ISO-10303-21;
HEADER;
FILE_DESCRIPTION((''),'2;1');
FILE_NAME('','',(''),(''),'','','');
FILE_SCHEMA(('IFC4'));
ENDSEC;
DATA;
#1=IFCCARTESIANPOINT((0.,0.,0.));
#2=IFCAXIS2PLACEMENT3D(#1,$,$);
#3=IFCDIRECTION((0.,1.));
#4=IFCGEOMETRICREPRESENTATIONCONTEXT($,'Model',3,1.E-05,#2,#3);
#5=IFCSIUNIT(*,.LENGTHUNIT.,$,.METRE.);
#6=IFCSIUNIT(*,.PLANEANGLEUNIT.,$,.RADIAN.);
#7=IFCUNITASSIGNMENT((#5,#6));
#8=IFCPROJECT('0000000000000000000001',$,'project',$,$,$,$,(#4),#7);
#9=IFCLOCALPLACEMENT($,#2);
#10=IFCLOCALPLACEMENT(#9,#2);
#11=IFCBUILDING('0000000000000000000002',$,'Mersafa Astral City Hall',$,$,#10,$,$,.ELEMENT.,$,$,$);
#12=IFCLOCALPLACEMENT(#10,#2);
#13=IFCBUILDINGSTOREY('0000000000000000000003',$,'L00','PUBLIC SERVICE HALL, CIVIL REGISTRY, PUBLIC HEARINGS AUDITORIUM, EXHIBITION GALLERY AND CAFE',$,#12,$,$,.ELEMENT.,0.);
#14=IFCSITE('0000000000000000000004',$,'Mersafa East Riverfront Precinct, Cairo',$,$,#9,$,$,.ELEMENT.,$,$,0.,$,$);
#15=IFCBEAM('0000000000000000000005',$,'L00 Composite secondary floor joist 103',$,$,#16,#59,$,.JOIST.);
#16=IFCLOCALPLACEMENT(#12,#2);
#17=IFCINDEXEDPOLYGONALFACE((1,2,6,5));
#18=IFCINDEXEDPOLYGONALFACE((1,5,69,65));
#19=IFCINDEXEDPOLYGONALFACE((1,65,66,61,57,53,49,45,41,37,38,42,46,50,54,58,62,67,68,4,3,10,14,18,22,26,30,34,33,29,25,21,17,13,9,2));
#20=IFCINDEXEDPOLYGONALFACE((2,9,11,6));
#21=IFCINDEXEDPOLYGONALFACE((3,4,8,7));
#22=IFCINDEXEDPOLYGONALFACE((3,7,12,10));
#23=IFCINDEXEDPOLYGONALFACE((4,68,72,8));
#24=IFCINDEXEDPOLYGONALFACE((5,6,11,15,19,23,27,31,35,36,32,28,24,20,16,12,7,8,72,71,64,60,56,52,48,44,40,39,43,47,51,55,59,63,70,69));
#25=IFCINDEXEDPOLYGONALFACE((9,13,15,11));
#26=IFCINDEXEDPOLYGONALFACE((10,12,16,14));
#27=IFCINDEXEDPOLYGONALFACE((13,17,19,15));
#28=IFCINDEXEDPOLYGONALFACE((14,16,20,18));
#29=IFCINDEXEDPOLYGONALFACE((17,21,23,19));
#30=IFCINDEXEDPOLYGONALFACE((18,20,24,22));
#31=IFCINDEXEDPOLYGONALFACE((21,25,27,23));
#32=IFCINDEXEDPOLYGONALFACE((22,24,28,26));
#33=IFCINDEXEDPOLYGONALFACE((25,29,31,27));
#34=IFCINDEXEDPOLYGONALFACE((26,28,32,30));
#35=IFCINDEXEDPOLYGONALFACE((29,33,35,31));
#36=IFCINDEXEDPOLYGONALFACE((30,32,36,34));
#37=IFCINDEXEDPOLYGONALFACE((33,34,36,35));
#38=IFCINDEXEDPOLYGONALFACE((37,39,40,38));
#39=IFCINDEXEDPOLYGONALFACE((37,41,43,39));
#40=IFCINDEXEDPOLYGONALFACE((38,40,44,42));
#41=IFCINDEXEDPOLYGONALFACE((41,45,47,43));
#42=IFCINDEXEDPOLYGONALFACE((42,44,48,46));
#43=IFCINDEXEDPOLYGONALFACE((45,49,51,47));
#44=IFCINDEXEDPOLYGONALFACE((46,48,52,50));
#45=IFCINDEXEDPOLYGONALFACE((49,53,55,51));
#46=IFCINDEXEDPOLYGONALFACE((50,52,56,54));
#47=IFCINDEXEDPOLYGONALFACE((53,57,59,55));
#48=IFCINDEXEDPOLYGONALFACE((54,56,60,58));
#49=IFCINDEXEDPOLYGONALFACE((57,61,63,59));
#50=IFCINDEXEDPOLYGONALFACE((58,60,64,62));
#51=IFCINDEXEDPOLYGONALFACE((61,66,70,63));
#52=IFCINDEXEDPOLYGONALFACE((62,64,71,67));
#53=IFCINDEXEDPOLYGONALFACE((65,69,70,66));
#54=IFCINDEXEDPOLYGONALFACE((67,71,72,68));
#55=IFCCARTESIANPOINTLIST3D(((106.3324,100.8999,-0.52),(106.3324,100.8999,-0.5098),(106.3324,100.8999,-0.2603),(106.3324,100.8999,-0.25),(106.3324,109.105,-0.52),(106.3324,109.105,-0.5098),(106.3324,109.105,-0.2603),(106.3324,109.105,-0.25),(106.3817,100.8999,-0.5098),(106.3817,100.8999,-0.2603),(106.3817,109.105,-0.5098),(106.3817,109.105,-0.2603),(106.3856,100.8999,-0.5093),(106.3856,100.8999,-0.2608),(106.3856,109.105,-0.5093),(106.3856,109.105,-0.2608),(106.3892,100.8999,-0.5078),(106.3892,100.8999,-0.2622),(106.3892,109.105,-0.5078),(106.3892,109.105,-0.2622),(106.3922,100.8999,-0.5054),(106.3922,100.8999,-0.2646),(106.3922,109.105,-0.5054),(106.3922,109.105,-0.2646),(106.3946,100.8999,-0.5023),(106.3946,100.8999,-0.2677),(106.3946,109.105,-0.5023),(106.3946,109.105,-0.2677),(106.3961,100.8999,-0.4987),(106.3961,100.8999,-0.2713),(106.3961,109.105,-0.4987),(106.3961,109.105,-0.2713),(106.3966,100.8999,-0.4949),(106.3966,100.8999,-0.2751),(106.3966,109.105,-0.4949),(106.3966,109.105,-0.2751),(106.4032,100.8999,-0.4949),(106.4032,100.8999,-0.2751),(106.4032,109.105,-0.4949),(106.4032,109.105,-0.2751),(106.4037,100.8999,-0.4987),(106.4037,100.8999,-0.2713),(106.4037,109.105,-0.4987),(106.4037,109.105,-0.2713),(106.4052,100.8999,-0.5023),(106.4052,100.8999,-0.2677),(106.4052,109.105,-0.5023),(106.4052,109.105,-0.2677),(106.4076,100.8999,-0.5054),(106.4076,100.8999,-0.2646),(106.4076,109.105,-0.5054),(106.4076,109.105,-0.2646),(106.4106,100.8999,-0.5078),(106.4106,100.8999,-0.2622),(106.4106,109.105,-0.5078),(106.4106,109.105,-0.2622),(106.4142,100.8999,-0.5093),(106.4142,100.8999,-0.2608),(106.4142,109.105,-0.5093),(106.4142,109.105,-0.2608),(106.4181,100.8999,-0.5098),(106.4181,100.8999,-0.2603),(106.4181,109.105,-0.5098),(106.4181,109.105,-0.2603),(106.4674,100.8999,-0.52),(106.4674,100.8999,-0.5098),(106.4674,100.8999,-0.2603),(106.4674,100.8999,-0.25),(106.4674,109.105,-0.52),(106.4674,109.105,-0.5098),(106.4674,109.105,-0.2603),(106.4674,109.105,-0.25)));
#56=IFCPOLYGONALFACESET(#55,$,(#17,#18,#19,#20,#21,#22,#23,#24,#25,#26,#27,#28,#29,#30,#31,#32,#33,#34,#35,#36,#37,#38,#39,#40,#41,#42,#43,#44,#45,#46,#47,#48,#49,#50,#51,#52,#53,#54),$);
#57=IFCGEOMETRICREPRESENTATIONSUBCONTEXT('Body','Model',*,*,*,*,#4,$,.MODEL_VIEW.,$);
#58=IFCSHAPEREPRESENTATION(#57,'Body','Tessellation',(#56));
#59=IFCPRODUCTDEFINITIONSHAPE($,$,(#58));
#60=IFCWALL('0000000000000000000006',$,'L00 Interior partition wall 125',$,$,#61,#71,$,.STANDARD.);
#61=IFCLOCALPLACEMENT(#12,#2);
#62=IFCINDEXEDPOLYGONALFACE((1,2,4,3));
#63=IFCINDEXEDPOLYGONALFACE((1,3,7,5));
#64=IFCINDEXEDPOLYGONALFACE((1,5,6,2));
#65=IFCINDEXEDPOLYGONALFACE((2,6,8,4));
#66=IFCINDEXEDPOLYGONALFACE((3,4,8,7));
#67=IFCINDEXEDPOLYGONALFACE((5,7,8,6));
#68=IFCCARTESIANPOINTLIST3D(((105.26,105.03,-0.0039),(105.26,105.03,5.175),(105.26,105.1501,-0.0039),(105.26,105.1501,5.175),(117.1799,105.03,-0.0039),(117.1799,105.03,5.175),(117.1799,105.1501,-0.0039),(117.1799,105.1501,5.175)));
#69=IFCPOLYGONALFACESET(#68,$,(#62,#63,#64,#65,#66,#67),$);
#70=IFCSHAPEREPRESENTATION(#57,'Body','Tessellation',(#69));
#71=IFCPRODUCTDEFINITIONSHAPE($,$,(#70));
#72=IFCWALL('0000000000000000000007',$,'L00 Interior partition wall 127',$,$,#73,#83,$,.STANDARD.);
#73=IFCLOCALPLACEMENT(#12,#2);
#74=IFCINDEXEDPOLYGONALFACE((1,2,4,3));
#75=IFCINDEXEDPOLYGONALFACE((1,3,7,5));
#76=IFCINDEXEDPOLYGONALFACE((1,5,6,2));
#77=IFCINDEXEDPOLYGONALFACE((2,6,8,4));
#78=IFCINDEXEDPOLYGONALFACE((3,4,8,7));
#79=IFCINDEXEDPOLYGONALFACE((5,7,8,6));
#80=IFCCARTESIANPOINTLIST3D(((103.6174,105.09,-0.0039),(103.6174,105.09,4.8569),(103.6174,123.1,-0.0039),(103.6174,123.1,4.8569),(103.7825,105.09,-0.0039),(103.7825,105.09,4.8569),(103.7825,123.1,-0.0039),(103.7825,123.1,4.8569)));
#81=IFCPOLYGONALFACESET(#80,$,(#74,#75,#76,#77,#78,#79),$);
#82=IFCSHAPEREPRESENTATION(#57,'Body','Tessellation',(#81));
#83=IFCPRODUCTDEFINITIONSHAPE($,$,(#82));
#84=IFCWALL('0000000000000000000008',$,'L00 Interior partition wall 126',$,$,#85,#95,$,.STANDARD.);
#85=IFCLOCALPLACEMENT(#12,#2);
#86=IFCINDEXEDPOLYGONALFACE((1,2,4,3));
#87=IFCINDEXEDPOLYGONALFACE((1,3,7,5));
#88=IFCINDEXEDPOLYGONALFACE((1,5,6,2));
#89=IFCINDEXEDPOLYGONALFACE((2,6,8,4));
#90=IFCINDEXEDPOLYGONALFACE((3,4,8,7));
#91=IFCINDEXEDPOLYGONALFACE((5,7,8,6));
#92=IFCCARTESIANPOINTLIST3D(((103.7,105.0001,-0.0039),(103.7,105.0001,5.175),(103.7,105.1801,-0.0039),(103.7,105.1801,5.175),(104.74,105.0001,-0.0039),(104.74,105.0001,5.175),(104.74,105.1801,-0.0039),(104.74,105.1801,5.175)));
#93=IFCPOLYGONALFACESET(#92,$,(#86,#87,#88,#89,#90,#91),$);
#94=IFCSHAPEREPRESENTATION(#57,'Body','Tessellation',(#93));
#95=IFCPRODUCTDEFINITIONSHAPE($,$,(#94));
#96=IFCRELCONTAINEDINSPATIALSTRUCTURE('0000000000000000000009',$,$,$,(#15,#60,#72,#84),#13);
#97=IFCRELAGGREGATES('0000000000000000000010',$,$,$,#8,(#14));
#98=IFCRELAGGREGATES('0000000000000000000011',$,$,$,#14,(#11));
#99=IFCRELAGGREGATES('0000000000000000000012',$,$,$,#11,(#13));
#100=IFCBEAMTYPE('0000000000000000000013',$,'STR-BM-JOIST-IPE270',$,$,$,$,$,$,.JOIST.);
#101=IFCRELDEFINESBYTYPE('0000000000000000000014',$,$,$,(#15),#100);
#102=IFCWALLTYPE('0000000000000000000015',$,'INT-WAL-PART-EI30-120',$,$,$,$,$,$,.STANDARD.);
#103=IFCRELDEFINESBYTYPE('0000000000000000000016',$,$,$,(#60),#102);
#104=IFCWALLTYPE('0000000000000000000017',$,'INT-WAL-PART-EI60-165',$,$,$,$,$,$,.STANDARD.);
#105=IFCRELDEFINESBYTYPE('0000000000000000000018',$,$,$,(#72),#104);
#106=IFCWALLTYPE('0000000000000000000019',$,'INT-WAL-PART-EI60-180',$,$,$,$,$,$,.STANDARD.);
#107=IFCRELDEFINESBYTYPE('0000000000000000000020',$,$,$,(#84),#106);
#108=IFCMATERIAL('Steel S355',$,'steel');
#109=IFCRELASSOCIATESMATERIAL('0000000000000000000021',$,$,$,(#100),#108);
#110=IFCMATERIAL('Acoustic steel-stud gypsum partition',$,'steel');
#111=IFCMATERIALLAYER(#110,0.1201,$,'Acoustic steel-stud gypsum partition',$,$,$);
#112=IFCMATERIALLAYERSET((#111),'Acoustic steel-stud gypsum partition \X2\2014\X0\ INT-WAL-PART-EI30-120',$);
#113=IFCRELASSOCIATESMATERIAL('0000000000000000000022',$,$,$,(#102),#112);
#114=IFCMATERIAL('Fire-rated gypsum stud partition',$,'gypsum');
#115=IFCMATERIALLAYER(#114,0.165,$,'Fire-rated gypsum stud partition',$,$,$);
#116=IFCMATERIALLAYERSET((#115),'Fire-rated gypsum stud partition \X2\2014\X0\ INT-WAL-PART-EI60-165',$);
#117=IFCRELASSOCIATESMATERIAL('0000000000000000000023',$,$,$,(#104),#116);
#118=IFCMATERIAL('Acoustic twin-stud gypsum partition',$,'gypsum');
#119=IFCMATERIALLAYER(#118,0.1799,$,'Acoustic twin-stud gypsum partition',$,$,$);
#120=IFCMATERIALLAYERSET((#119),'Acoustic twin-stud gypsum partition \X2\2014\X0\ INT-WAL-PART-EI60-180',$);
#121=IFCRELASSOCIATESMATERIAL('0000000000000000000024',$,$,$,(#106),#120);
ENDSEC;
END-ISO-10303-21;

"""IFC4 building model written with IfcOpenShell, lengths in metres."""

from ifc_helpers import new_model, si_unit, direction, frame, frame_2d, origin, origin_2d, place, context, subcontext, project, spatial, rectangle, i_section, extrude, material, layer, layer_set, material_profile, profile_set, type_object, element, save


model = new_model("IFC4")

# Units and contexts
model_context = context("Model", 3, precision=1e-05, world=origin(), true_north=direction((0.0, 1.0)))
body_context = subcontext(model_context, "Body", "Model", "MODEL_VIEW")
ifc_project = project(units=[si_unit("LENGTHUNIT", "METRE"), si_unit("PLANEANGLEUNIT", "RADIAN")], contexts=[model_context])

# Site, building, storey
site_placement = place(None, origin())
site = spatial("IfcSite", under=ifc_project, at=site_placement, Name="Mersafa East Riverfront Precinct, Cairo", CompositionType="ELEMENT", RefElevation=0.0)
building_placement = place(site_placement, origin())
building = spatial("IfcBuilding", under=site, at=building_placement, Name="Mersafa Astral City Hall", CompositionType="ELEMENT")
storey_placement = place(building_placement, origin())
storey = spatial("IfcBuildingStorey", under=building, at=storey_placement, Name="L00", Description="PUBLIC SERVICE HALL, CIVIL REGISTRY, PUBLIC HEARINGS AUDITORIUM, EXHIBITION GALLERY AND CAFE", CompositionType="ELEMENT", Elevation=0.0)

# Shared definitions
ifc_material_1 = material(Name="Steel S355", Category="steel")

# Beam
ifc_material_profile_1 = material_profile(ifc_material_1, i_section(OverallWidth=0.135, OverallDepth=0.27, WebThickness=0.0066, FlangeThickness=0.0103, FilletRadius=0.0149, at=origin_2d()), Name="IPE 270")
ifc_profile_set_1 = profile_set([ifc_material_profile_1], Name="Steel S355")
beam_type_1 = type_object("IfcBeamType", Name="STR-BM-JOIST-IPE270", PredefinedType="JOIST", material=ifc_profile_set_1)
for number, where, z_axis, x_axis, name in (
    (1, (106.3999, 100.8999, -0.385), (0.0, 1.0, 0.0), (-1.0, 0.0, 0.0), "L00 Composite secondary floor joist 103"),
):
    element("IfcBeam", number, at=place(storey_placement, frame(where, z_axis=z_axis, x_axis=x_axis)), inside=storey, type_object=beam_type_1, Name=name, PredefinedType="JOIST", context=body_context, shape_type="SweptSolid", body=[
        extrude(i_section(OverallWidth=0.135, OverallDepth=0.27, WebThickness=0.0066, FlangeThickness=0.0103, FilletRadius=0.0149, at=origin_2d()), origin(), (0.0, 0.0, 1.0), 8.2051),
    ])

# Walls
ifc_material_2 = material(Name="Acoustic steel-stud gypsum partition", Category="steel")
ifc_layer_1 = layer(ifc_material_2, 0.1201, Name="Acoustic steel-stud gypsum partition")
ifc_layer_set_1 = layer_set([ifc_layer_1], Name="Acoustic steel-stud gypsum partition — INT-WAL-PART-EI30-120")
wall_type_1 = type_object("IfcWallType", Name="INT-WAL-PART-EI30-120", PredefinedType="STANDARD", material=ifc_layer_set_1)
wall_1_placement = place(storey_placement, frame((117.1799, 105.0901, -0.0039), z_axis=(0.0, 0.0, 1.0), x_axis=(-1.0, 0.0, 0.0)))
element("IfcWall", 2, at=wall_1_placement, inside=storey, type_object=wall_type_1, Name="L00 Interior partition wall 125", PredefinedType="STANDARD", context=body_context, shape_type="SweptSolid", body=[
    extrude(rectangle(XDim=11.9199, YDim=0.1201, at=frame_2d((5.96, 0.0))), origin(), (0.0, 0.0, 1.0), 5.179),
])
ifc_material_3 = material(Name="Fire-rated gypsum stud partition", Category="gypsum")
ifc_layer_2 = layer(ifc_material_3, 0.165, Name="Fire-rated gypsum stud partition")
ifc_layer_set_2 = layer_set([ifc_layer_2], Name="Fire-rated gypsum stud partition — INT-WAL-PART-EI60-165")
wall_type_2 = type_object("IfcWallType", Name="INT-WAL-PART-EI60-165", PredefinedType="STANDARD", material=ifc_layer_set_2)
wall_2_placement = place(storey_placement, frame((103.7, 105.0901, -0.0039), z_axis=(0.0, 0.0, 1.0), x_axis=(0.0, 1.0, 0.0)))
element("IfcWall", 3, at=wall_2_placement, inside=storey, type_object=wall_type_2, Name="L00 Interior partition wall 127", PredefinedType="STANDARD", context=body_context, shape_type="SweptSolid", body=[
    extrude(rectangle(XDim=18.01, YDim=0.165, at=frame_2d((9.0049, 0.0))), origin(), (0.0, 0.0, 1.0), 4.8608),
])
ifc_material_4 = material(Name="Acoustic twin-stud gypsum partition", Category="gypsum")
ifc_layer_3 = layer(ifc_material_4, 0.1799, Name="Acoustic twin-stud gypsum partition")
ifc_layer_set_3 = layer_set([ifc_layer_3], Name="Acoustic twin-stud gypsum partition — INT-WAL-PART-EI60-180")
wall_type_3 = type_object("IfcWallType", Name="INT-WAL-PART-EI60-180", PredefinedType="STANDARD", material=ifc_layer_set_3)
wall_3_placement = place(storey_placement, frame((104.74, 105.0901, -0.0039), z_axis=(0.0, 0.0, 1.0), x_axis=(-1.0, 0.0, 0.0)))
element("IfcWall", 4, at=wall_3_placement, inside=storey, type_object=wall_type_3, Name="L00 Interior partition wall 126", PredefinedType="STANDARD", context=body_context, shape_type="SweptSolid", body=[
    extrude(rectangle(XDim=1.04, YDim=0.1799, at=frame_2d((0.52, 0.0))), origin(), (0.0, 0.0, 1.0), 5.179),
])

save(model, "model.ifc")
